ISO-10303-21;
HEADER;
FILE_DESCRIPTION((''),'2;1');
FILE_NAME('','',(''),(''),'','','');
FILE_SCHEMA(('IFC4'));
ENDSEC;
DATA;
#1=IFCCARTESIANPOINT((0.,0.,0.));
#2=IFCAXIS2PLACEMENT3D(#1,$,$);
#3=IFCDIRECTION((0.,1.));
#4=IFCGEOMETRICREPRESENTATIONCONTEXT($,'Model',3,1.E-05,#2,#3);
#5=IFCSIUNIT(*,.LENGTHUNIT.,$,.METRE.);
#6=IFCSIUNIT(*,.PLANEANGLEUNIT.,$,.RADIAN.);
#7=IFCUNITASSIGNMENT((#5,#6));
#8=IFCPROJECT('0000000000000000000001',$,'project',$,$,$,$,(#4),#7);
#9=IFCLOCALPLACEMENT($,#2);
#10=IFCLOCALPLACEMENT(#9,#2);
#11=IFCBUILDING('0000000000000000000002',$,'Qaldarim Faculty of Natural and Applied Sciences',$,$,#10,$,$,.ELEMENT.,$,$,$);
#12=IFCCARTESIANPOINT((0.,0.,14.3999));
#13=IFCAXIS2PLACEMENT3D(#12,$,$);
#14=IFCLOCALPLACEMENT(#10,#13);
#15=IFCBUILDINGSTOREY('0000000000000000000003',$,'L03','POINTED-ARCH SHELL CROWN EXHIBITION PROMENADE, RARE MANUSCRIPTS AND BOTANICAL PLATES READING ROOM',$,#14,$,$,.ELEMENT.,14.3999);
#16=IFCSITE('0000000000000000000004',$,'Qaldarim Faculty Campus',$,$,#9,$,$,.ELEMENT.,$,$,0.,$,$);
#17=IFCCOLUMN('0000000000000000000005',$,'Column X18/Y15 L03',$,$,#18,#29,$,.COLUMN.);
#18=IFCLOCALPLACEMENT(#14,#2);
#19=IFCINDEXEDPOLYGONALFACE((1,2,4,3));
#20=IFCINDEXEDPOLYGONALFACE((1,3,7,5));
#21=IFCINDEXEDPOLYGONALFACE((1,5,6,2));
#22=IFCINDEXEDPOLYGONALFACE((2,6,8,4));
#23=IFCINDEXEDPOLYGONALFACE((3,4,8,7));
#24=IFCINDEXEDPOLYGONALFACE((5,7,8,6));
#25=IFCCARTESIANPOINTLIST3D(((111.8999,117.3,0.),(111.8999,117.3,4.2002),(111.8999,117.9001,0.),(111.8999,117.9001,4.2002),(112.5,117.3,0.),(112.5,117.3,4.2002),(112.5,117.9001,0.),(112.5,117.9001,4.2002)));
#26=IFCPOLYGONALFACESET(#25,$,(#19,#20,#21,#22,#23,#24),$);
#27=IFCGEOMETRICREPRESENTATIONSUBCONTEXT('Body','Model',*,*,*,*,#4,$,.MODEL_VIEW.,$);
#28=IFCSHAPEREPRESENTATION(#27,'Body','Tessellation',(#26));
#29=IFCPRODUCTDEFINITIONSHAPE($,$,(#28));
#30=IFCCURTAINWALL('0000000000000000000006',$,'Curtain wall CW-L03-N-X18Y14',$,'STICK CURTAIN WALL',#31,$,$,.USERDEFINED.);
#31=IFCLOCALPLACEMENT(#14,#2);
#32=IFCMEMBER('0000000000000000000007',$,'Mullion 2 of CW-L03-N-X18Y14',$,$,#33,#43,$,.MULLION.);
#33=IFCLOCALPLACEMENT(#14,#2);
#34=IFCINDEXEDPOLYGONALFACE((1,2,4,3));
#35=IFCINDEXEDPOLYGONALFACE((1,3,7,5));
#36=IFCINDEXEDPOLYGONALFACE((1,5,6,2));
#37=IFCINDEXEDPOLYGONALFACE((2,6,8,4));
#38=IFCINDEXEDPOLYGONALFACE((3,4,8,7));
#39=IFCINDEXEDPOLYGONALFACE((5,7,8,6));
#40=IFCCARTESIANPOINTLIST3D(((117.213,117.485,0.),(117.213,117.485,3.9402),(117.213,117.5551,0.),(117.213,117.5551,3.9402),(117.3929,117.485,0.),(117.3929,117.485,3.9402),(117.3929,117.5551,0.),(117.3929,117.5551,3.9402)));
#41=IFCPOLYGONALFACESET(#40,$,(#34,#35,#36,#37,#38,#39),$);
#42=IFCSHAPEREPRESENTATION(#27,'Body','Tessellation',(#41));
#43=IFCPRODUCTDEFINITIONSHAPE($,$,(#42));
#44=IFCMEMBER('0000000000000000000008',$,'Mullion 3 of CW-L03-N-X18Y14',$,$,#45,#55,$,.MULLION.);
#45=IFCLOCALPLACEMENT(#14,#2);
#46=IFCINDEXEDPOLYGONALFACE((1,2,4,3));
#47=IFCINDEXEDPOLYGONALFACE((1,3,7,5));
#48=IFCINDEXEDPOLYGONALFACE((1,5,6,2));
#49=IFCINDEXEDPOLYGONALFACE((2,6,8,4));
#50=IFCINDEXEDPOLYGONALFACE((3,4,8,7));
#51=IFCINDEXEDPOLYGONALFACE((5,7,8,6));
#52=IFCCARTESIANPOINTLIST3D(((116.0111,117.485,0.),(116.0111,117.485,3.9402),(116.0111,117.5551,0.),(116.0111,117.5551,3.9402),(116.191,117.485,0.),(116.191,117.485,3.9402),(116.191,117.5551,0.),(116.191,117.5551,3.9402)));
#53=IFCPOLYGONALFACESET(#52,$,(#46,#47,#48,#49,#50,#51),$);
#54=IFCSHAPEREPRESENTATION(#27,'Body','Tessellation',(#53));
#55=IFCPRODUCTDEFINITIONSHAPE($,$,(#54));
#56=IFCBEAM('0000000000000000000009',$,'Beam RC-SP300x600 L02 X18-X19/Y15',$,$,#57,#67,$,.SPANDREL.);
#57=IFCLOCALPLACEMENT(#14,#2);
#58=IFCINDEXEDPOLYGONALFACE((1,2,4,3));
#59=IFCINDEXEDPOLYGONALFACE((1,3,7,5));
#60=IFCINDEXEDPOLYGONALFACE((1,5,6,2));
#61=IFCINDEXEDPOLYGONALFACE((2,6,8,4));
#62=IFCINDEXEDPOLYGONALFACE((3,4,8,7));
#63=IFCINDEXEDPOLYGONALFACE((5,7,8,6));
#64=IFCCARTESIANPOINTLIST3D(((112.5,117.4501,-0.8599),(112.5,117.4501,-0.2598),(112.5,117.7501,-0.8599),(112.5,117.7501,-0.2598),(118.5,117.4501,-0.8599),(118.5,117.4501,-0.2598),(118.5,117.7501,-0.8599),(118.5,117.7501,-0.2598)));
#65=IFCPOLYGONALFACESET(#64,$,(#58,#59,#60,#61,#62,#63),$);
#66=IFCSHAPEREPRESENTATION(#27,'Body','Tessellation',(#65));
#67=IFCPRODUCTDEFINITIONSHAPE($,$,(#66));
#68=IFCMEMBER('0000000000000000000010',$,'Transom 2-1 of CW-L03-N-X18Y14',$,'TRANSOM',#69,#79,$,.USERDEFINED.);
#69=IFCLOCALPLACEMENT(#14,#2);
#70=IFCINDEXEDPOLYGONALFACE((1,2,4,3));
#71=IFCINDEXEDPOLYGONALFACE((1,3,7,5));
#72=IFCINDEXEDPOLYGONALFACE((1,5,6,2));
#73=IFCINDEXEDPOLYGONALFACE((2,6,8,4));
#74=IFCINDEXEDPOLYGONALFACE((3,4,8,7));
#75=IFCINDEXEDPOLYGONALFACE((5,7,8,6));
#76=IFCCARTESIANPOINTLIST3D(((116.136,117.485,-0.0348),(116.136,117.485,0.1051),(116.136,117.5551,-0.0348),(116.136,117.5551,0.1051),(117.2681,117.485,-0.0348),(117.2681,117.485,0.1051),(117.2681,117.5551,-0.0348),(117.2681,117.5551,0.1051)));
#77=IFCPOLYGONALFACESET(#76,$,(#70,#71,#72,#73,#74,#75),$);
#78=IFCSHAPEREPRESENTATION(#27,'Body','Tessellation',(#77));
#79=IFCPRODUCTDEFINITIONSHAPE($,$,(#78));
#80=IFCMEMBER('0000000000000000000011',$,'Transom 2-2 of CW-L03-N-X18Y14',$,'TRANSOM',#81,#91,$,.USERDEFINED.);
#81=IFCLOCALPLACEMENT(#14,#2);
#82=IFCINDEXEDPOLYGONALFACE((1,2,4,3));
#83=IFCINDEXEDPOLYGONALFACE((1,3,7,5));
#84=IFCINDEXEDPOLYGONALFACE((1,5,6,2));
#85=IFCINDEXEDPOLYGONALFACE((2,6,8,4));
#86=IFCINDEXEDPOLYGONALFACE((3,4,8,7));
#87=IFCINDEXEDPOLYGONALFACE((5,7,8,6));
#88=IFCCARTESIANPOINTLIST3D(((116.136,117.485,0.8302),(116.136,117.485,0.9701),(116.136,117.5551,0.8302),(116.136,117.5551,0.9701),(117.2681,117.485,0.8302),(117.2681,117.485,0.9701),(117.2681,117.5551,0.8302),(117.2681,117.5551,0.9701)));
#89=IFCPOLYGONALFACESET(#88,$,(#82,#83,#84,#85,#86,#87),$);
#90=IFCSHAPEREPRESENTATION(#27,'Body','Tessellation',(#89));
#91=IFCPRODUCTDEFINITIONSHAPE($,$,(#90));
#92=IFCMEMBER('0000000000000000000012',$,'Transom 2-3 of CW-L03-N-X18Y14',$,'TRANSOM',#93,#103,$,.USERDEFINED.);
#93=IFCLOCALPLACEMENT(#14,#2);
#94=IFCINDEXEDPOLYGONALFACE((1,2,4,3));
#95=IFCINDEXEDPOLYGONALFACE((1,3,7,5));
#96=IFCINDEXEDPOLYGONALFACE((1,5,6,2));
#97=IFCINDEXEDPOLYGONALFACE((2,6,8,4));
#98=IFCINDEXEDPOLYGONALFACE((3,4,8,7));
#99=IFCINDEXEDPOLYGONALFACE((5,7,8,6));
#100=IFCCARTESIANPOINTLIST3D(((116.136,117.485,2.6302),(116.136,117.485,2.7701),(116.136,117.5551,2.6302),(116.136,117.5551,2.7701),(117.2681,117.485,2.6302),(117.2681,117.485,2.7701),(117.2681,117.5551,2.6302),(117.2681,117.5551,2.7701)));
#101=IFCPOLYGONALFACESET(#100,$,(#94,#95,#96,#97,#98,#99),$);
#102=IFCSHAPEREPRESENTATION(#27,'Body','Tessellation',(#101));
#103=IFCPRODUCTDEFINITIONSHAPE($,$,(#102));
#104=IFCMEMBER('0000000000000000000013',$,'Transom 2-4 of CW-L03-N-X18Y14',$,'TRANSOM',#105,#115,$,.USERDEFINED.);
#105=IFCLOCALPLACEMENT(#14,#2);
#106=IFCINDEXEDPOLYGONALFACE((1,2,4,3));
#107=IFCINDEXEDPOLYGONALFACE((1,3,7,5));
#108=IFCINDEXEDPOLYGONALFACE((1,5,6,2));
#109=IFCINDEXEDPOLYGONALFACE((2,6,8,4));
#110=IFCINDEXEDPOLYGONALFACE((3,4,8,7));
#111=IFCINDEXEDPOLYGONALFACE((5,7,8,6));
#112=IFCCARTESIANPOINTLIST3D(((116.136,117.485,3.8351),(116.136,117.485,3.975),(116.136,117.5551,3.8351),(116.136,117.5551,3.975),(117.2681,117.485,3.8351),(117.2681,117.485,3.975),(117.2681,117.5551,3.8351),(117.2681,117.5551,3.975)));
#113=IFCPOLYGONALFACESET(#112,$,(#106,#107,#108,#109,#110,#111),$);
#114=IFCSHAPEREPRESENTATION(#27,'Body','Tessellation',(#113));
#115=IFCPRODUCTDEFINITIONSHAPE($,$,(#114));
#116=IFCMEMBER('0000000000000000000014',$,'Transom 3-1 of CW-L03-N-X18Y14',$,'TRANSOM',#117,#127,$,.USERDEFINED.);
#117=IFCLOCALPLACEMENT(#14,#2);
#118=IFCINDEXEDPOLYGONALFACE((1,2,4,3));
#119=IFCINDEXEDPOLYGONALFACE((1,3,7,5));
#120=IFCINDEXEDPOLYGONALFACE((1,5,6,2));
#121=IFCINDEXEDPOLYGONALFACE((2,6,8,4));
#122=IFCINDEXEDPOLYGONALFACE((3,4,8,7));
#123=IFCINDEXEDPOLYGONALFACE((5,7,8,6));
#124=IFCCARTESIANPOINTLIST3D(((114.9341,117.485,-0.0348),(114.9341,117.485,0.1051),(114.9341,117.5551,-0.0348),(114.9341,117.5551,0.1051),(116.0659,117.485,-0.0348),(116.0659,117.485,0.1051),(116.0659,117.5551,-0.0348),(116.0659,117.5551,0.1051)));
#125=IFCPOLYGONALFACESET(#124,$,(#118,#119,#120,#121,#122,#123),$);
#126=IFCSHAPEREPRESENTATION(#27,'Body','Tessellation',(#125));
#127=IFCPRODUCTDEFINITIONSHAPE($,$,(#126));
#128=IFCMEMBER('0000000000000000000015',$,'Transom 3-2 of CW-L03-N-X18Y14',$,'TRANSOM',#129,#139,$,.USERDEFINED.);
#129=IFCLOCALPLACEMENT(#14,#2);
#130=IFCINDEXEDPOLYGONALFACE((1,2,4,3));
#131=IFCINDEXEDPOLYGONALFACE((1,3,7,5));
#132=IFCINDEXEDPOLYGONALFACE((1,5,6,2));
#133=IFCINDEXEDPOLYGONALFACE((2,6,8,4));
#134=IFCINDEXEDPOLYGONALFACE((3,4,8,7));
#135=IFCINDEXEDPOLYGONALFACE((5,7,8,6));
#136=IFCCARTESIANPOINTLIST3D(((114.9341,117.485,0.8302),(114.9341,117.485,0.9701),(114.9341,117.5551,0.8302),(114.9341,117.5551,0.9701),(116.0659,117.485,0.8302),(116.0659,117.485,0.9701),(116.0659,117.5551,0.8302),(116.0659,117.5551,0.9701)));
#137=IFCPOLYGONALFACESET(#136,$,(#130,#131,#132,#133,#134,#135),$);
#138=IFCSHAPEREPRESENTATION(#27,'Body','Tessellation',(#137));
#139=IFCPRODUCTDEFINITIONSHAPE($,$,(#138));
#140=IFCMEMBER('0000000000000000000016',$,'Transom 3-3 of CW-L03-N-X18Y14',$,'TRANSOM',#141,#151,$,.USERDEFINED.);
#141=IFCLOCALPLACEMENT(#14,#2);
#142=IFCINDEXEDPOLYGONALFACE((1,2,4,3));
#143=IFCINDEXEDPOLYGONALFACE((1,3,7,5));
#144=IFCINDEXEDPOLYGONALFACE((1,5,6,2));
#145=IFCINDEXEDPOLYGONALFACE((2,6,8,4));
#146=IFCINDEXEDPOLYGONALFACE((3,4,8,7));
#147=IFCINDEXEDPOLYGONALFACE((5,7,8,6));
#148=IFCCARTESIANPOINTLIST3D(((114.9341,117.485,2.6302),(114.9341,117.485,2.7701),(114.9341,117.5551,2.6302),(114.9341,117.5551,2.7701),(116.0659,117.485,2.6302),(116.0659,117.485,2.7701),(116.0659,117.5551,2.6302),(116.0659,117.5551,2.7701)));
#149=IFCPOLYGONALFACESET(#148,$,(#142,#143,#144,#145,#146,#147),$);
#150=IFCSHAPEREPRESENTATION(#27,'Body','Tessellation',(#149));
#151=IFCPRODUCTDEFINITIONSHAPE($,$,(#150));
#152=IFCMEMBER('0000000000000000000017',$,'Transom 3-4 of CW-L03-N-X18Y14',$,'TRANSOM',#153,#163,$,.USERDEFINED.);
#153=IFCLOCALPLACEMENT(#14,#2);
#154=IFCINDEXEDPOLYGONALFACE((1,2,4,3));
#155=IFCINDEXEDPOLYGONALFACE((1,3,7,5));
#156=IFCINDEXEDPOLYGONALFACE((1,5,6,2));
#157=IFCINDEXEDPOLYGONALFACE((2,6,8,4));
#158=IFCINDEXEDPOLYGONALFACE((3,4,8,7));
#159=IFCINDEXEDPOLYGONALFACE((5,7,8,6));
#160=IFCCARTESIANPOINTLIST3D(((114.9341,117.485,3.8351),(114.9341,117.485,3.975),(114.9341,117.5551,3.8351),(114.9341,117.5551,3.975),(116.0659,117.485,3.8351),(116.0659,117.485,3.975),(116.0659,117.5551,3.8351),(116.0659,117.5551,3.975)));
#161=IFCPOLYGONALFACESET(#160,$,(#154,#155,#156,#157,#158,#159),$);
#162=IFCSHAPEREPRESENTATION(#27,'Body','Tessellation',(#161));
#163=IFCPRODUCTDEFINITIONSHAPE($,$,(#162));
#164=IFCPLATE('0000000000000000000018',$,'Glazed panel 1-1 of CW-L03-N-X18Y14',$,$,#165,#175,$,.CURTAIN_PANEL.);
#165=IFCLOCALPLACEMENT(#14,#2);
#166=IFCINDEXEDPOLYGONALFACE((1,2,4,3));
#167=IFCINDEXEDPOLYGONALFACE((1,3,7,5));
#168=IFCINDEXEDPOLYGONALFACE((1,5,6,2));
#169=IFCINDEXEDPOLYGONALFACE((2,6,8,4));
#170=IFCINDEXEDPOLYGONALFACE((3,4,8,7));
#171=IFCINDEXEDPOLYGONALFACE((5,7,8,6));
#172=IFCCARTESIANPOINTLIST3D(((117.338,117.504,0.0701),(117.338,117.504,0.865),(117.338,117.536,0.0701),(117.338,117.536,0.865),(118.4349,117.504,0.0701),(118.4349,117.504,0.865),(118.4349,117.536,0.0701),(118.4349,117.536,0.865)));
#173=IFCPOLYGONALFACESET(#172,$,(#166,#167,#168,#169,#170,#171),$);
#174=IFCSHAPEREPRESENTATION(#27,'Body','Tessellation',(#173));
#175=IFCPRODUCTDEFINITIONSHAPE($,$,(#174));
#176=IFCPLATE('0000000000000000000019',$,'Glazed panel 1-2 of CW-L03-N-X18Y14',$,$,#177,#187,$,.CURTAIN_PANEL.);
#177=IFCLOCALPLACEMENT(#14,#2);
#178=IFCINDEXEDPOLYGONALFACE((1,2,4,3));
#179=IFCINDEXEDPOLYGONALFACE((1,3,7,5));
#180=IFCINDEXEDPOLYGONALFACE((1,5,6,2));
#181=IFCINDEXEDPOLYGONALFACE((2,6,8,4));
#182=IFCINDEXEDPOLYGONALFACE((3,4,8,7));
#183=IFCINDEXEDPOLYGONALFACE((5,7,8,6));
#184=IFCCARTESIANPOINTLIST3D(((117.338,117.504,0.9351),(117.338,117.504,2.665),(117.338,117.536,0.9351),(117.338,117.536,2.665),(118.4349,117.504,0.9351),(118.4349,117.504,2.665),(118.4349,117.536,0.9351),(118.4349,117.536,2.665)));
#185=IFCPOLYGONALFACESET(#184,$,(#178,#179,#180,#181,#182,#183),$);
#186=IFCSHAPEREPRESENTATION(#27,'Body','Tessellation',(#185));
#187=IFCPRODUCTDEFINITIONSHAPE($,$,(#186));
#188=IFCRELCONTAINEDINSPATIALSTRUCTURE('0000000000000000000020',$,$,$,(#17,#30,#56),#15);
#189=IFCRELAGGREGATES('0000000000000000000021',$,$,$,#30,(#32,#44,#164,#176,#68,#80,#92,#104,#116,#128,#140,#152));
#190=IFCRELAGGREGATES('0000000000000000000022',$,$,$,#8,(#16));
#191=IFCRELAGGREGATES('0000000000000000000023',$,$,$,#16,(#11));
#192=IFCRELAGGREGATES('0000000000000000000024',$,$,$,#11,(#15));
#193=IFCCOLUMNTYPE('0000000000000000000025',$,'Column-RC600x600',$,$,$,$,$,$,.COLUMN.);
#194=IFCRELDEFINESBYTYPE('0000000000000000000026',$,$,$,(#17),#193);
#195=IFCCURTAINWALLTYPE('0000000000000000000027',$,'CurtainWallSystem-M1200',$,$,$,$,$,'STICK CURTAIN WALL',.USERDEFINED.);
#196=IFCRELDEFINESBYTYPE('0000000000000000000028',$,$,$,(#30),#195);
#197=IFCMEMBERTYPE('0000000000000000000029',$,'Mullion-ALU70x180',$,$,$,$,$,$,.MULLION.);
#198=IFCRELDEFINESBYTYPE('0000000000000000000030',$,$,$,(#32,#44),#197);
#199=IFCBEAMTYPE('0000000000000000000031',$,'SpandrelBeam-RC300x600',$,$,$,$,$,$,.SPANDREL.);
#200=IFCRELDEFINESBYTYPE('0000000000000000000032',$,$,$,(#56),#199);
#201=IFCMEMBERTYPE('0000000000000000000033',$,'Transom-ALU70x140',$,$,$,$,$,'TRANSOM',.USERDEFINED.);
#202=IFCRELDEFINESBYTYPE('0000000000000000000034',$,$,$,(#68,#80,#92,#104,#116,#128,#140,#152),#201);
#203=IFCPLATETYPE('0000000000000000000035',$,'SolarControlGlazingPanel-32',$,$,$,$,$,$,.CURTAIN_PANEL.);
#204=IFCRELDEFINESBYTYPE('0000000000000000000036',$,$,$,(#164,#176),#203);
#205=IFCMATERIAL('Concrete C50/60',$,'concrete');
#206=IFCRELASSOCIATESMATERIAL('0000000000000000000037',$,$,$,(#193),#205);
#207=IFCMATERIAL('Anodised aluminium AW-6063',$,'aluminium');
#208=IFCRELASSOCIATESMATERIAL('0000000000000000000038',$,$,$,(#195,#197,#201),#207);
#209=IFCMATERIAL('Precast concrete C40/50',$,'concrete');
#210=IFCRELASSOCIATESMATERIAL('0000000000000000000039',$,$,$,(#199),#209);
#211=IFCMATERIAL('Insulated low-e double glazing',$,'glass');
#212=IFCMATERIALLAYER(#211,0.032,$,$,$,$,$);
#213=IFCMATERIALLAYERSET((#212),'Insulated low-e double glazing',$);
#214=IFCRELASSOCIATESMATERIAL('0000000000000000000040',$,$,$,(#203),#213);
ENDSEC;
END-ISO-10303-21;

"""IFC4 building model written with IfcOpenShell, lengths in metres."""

from ifc_helpers import new_model, si_unit, direction, frame, origin, origin_2d, place, context, subcontext, project, spatial, rectangle, extrude, material, layer, layer_set, material_profile, profile_set, type_object, element, aggregate, save


model = new_model("IFC4")

# Units and contexts
model_context = context("Model", 3, precision=1e-05, world=origin(), true_north=direction((0.0, 1.0)))
body_context = subcontext(model_context, "Body", "Model", "MODEL_VIEW")
ifc_project = project(units=[si_unit("LENGTHUNIT", "METRE"), si_unit("PLANEANGLEUNIT", "RADIAN")], contexts=[model_context])

# Site, building, storey
site_placement = place(None, origin())
site = spatial("IfcSite", under=ifc_project, at=site_placement, Name="Qaldarim Faculty Campus", CompositionType="ELEMENT", RefElevation=0.0)
building_placement = place(site_placement, origin())
building = spatial("IfcBuilding", under=site, at=building_placement, Name="Qaldarim Faculty of Natural and Applied Sciences", CompositionType="ELEMENT")
storey_placement = place(building_placement, frame((0.0, 0.0, 14.3999)))
storey = spatial("IfcBuildingStorey", under=building, at=storey_placement, Name="L03", Description="POINTED-ARCH SHELL CROWN EXHIBITION PROMENADE, RARE MANUSCRIPTS AND BOTANICAL PLATES READING ROOM", CompositionType="ELEMENT", Elevation=14.3999)

# Column
ifc_material_1 = material(Name="Concrete C50/60", Category="concrete")
ifc_material_profile_1 = material_profile(ifc_material_1, rectangle(XDim=0.6001, YDim=0.6001, at=origin_2d()), Name="RC-C600x600")
ifc_profile_set_1 = profile_set([ifc_material_profile_1], Name="Concrete C50/60")
column_type = type_object("IfcColumnType", Name="Column-RC600x600", PredefinedType="COLUMN", material=ifc_profile_set_1)
column_placement = place(storey_placement, frame((112.2, 117.6001, 0.0), z_axis=(0.0, 0.0, 1.0), x_axis=(1.0, 0.0, 0.0)))
element("IfcColumn", 1, at=column_placement, inside=storey, type_object=column_type, Name="Column X18/Y15 L03", PredefinedType="COLUMN", context=body_context, shape_type="SweptSolid", body=[
    extrude(rectangle(XDim=0.6001, YDim=0.6001, at=origin_2d()), origin(), (0.0, 0.0, 1.0), 4.2002),
])

# Curtain wall, members
ifc_material_2 = material(Name="Anodised aluminium AW-6063", Category="aluminium")
curtain_wall_type = type_object("IfcCurtainWallType", Name="CurtainWallSystem-M1200", ElementType="STICK CURTAIN WALL", PredefinedType="USERDEFINED", material=ifc_material_2)
curtain_wall_placement = place(storey_placement, origin())
curtain_wall = element("IfcCurtainWall", 2, at=curtain_wall_placement, inside=storey, type_object=curtain_wall_type, Name="Curtain wall CW-L03-N-X18Y14", ObjectType="STICK CURTAIN WALL", PredefinedType="USERDEFINED")
ifc_material_profile_2 = material_profile(ifc_material_2, rectangle(XDim=0.0701, YDim=0.1799, at=origin_2d()), Name="ALU-M70x180")
ifc_profile_set_2 = profile_set([ifc_material_profile_2], Name="Anodised aluminium AW-6063")
member_type_1 = type_object("IfcMemberType", Name="Mullion-ALU70x180", PredefinedType="MULLION", material=ifc_profile_set_2)
member_1_placement = place(storey_placement, frame((117.303, 117.52, 0.0), z_axis=(0.0, 0.0, 1.0), x_axis=(0.0, -1.0, 0.0)))
member_1 = element("IfcMember", 3, at=member_1_placement, type_object=member_type_1, Name="Mullion 2 of CW-L03-N-X18Y14", PredefinedType="MULLION", context=body_context, shape_type="SweptSolid", body=[
    extrude(rectangle(XDim=0.0701, YDim=0.1799, at=origin_2d()), origin(), (0.0, 0.0, 1.0), 3.9402),
])
member_2_placement = place(storey_placement, frame((116.1011, 117.52, 0.0), z_axis=(0.0, 0.0, 1.0), x_axis=(0.0, -1.0, 0.0)))
member_2 = element("IfcMember", 4, at=member_2_placement, type_object=member_type_1, Name="Mullion 3 of CW-L03-N-X18Y14", PredefinedType="MULLION", context=body_context, shape_type="SweptSolid", body=[
    extrude(rectangle(XDim=0.0701, YDim=0.1799, at=origin_2d()), origin(), (0.0, 0.0, 1.0), 3.9402),
])

# Beam
ifc_material_3 = material(Name="Precast concrete C40/50", Category="concrete")
ifc_material_profile_3 = material_profile(ifc_material_3, rectangle(XDim=0.3, YDim=0.6001, at=origin_2d()), Name="RC-SP300x600")
ifc_profile_set_3 = profile_set([ifc_material_profile_3], Name="Precast concrete C40/50")
beam_type = type_object("IfcBeamType", Name="SpandrelBeam-RC300x600", PredefinedType="SPANDREL", material=ifc_profile_set_3)
beam_placement = place(storey_placement, frame((112.5, 117.6001, -0.5598), z_axis=(1.0, 0.0, 0.0), x_axis=(0.0, 1.0, 0.0)))
element("IfcBeam", 5, at=beam_placement, inside=storey, type_object=beam_type, Name="Beam RC-SP300x600 L02 X18-X19/Y15", PredefinedType="SPANDREL", context=body_context, shape_type="SweptSolid", body=[
    extrude(rectangle(XDim=0.3, YDim=0.6001, at=origin_2d()), origin(), (0.0, 0.0, 1.0), 6.0),
])

# Members
ifc_material_profile_4 = material_profile(ifc_material_2, rectangle(XDim=0.0701, YDim=0.1399, at=origin_2d()), Name="ALU-T70x140")
ifc_profile_set_4 = profile_set([ifc_material_profile_4], Name="Anodised aluminium AW-6063")
member_type_2 = type_object("IfcMemberType", Name="Transom-ALU70x140", ElementType="TRANSOM", PredefinedType="USERDEFINED", material=ifc_profile_set_4)
member_3_placement = place(storey_placement, frame((117.2681, 117.52, 0.0352), z_axis=(-1.0, 0.0, 0.0), x_axis=(0.0, -1.0, 0.0)))
member_3 = element("IfcMember", 6, at=member_3_placement, type_object=member_type_2, Name="Transom 2-1 of CW-L03-N-X18Y14", ObjectType="TRANSOM", PredefinedType="USERDEFINED", context=body_context, shape_type="SweptSolid", body=[
    extrude(rectangle(XDim=0.0701, YDim=0.1399, at=origin_2d()), origin(), (0.0, 0.0, 1.0), 1.1321),
])
member_4_placement = place(storey_placement, frame((117.2681, 117.52, 0.9001), z_axis=(-1.0, 0.0, 0.0), x_axis=(0.0, -1.0, 0.0)))
member_4 = element("IfcMember", 7, at=member_4_placement, type_object=member_type_2, Name="Transom 2-2 of CW-L03-N-X18Y14", ObjectType="TRANSOM", PredefinedType="USERDEFINED", context=body_context, shape_type="SweptSolid", body=[
    extrude(rectangle(XDim=0.0701, YDim=0.1399, at=origin_2d()), origin(), (0.0, 0.0, 1.0), 1.1321),
])
member_5_placement = place(storey_placement, frame((117.2681, 117.52, 2.7002), z_axis=(-1.0, 0.0, 0.0), x_axis=(0.0, -1.0, 0.0)))
member_5 = element("IfcMember", 8, at=member_5_placement, type_object=member_type_2, Name="Transom 2-3 of CW-L03-N-X18Y14", ObjectType="TRANSOM", PredefinedType="USERDEFINED", context=body_context, shape_type="SweptSolid", body=[
    extrude(rectangle(XDim=0.0701, YDim=0.1399, at=origin_2d()), origin(), (0.0, 0.0, 1.0), 1.1321),
])
member_6_placement = place(storey_placement, frame((117.2681, 117.52, 3.905), z_axis=(-1.0, 0.0, 0.0), x_axis=(0.0, -1.0, 0.0)))
member_6 = element("IfcMember", 9, at=member_6_placement, type_object=member_type_2, Name="Transom 2-4 of CW-L03-N-X18Y14", ObjectType="TRANSOM", PredefinedType="USERDEFINED", context=body_context, shape_type="SweptSolid", body=[
    extrude(rectangle(XDim=0.0701, YDim=0.1399, at=origin_2d()), origin(), (0.0, 0.0, 1.0), 1.1321),
])
member_7_placement = place(storey_placement, frame((116.0659, 117.52, 0.0352), z_axis=(-1.0, 0.0, 0.0), x_axis=(0.0, -1.0, 0.0)))
member_7 = element("IfcMember", 10, at=member_7_placement, type_object=member_type_2, Name="Transom 3-1 of CW-L03-N-X18Y14", ObjectType="TRANSOM", PredefinedType="USERDEFINED", context=body_context, shape_type="SweptSolid", body=[
    extrude(rectangle(XDim=0.0701, YDim=0.1399, at=origin_2d()), origin(), (0.0, 0.0, 1.0), 1.1318),
])
member_8_placement = place(storey_placement, frame((116.0659, 117.52, 0.9001), z_axis=(-1.0, 0.0, 0.0), x_axis=(0.0, -1.0, 0.0)))
member_8 = element("IfcMember", 11, at=member_8_placement, type_object=member_type_2, Name="Transom 3-2 of CW-L03-N-X18Y14", ObjectType="TRANSOM", PredefinedType="USERDEFINED", context=body_context, shape_type="SweptSolid", body=[
    extrude(rectangle(XDim=0.0701, YDim=0.1399, at=origin_2d()), origin(), (0.0, 0.0, 1.0), 1.1318),
])
member_9_placement = place(storey_placement, frame((116.0659, 117.52, 2.7002), z_axis=(-1.0, 0.0, 0.0), x_axis=(0.0, -1.0, 0.0)))
member_9 = element("IfcMember", 12, at=member_9_placement, type_object=member_type_2, Name="Transom 3-3 of CW-L03-N-X18Y14", ObjectType="TRANSOM", PredefinedType="USERDEFINED", context=body_context, shape_type="SweptSolid", body=[
    extrude(rectangle(XDim=0.0701, YDim=0.1399, at=origin_2d()), origin(), (0.0, 0.0, 1.0), 1.1318),
])
member_10_placement = place(storey_placement, frame((116.0659, 117.52, 3.905), z_axis=(-1.0, 0.0, 0.0), x_axis=(0.0, -1.0, 0.0)))
member_10 = element("IfcMember", 13, at=member_10_placement, type_object=member_type_2, Name="Transom 3-4 of CW-L03-N-X18Y14", ObjectType="TRANSOM", PredefinedType="USERDEFINED", context=body_context, shape_type="SweptSolid", body=[
    extrude(rectangle(XDim=0.0701, YDim=0.1399, at=origin_2d()), origin(), (0.0, 0.0, 1.0), 1.1318),
])

# Plates
ifc_material_4 = material(Name="Insulated low-e double glazing", Category="glass")
ifc_layer_1 = layer(ifc_material_4, 0.032)
ifc_layer_set_1 = layer_set([ifc_layer_1], Name="Insulated low-e double glazing")
plate_type = type_object("IfcPlateType", Name="SolarControlGlazingPanel-32", PredefinedType="CURTAIN_PANEL", material=ifc_layer_set_1)
plate_1_placement = place(storey_placement, frame((117.8865, 117.52, 0.0701), z_axis=(0.0, 0.0, 1.0), x_axis=(-1.0, 0.0, 0.0)))
plate_1 = element("IfcPlate", 14, at=plate_1_placement, type_object=plate_type, Name="Glazed panel 1-1 of CW-L03-N-X18Y14", PredefinedType="CURTAIN_PANEL", context=body_context, shape_type="SweptSolid", body=[
    extrude(rectangle(XDim=1.0969, YDim=0.032, at=origin_2d()), origin(), (0.0, 0.0, 1.0), 0.7949),
])
plate_2_placement = place(storey_placement, frame((117.8865, 117.52, 0.9351), z_axis=(0.0, 0.0, 1.0), x_axis=(-1.0, 0.0, 0.0)))
plate_2 = element("IfcPlate", 15, at=plate_2_placement, type_object=plate_type, Name="Glazed panel 1-2 of CW-L03-N-X18Y14", PredefinedType="CURTAIN_PANEL", context=body_context, shape_type="SweptSolid", body=[
    extrude(rectangle(XDim=1.0969, YDim=0.032, at=origin_2d()), origin(), (0.0, 0.0, 1.0), 1.73),
])
aggregate(curtain_wall, [member_1, member_2, plate_1, plate_2, member_3, member_4, member_5, member_6, member_7, member_8, member_9, member_10])

save(model, "model.ifc")
